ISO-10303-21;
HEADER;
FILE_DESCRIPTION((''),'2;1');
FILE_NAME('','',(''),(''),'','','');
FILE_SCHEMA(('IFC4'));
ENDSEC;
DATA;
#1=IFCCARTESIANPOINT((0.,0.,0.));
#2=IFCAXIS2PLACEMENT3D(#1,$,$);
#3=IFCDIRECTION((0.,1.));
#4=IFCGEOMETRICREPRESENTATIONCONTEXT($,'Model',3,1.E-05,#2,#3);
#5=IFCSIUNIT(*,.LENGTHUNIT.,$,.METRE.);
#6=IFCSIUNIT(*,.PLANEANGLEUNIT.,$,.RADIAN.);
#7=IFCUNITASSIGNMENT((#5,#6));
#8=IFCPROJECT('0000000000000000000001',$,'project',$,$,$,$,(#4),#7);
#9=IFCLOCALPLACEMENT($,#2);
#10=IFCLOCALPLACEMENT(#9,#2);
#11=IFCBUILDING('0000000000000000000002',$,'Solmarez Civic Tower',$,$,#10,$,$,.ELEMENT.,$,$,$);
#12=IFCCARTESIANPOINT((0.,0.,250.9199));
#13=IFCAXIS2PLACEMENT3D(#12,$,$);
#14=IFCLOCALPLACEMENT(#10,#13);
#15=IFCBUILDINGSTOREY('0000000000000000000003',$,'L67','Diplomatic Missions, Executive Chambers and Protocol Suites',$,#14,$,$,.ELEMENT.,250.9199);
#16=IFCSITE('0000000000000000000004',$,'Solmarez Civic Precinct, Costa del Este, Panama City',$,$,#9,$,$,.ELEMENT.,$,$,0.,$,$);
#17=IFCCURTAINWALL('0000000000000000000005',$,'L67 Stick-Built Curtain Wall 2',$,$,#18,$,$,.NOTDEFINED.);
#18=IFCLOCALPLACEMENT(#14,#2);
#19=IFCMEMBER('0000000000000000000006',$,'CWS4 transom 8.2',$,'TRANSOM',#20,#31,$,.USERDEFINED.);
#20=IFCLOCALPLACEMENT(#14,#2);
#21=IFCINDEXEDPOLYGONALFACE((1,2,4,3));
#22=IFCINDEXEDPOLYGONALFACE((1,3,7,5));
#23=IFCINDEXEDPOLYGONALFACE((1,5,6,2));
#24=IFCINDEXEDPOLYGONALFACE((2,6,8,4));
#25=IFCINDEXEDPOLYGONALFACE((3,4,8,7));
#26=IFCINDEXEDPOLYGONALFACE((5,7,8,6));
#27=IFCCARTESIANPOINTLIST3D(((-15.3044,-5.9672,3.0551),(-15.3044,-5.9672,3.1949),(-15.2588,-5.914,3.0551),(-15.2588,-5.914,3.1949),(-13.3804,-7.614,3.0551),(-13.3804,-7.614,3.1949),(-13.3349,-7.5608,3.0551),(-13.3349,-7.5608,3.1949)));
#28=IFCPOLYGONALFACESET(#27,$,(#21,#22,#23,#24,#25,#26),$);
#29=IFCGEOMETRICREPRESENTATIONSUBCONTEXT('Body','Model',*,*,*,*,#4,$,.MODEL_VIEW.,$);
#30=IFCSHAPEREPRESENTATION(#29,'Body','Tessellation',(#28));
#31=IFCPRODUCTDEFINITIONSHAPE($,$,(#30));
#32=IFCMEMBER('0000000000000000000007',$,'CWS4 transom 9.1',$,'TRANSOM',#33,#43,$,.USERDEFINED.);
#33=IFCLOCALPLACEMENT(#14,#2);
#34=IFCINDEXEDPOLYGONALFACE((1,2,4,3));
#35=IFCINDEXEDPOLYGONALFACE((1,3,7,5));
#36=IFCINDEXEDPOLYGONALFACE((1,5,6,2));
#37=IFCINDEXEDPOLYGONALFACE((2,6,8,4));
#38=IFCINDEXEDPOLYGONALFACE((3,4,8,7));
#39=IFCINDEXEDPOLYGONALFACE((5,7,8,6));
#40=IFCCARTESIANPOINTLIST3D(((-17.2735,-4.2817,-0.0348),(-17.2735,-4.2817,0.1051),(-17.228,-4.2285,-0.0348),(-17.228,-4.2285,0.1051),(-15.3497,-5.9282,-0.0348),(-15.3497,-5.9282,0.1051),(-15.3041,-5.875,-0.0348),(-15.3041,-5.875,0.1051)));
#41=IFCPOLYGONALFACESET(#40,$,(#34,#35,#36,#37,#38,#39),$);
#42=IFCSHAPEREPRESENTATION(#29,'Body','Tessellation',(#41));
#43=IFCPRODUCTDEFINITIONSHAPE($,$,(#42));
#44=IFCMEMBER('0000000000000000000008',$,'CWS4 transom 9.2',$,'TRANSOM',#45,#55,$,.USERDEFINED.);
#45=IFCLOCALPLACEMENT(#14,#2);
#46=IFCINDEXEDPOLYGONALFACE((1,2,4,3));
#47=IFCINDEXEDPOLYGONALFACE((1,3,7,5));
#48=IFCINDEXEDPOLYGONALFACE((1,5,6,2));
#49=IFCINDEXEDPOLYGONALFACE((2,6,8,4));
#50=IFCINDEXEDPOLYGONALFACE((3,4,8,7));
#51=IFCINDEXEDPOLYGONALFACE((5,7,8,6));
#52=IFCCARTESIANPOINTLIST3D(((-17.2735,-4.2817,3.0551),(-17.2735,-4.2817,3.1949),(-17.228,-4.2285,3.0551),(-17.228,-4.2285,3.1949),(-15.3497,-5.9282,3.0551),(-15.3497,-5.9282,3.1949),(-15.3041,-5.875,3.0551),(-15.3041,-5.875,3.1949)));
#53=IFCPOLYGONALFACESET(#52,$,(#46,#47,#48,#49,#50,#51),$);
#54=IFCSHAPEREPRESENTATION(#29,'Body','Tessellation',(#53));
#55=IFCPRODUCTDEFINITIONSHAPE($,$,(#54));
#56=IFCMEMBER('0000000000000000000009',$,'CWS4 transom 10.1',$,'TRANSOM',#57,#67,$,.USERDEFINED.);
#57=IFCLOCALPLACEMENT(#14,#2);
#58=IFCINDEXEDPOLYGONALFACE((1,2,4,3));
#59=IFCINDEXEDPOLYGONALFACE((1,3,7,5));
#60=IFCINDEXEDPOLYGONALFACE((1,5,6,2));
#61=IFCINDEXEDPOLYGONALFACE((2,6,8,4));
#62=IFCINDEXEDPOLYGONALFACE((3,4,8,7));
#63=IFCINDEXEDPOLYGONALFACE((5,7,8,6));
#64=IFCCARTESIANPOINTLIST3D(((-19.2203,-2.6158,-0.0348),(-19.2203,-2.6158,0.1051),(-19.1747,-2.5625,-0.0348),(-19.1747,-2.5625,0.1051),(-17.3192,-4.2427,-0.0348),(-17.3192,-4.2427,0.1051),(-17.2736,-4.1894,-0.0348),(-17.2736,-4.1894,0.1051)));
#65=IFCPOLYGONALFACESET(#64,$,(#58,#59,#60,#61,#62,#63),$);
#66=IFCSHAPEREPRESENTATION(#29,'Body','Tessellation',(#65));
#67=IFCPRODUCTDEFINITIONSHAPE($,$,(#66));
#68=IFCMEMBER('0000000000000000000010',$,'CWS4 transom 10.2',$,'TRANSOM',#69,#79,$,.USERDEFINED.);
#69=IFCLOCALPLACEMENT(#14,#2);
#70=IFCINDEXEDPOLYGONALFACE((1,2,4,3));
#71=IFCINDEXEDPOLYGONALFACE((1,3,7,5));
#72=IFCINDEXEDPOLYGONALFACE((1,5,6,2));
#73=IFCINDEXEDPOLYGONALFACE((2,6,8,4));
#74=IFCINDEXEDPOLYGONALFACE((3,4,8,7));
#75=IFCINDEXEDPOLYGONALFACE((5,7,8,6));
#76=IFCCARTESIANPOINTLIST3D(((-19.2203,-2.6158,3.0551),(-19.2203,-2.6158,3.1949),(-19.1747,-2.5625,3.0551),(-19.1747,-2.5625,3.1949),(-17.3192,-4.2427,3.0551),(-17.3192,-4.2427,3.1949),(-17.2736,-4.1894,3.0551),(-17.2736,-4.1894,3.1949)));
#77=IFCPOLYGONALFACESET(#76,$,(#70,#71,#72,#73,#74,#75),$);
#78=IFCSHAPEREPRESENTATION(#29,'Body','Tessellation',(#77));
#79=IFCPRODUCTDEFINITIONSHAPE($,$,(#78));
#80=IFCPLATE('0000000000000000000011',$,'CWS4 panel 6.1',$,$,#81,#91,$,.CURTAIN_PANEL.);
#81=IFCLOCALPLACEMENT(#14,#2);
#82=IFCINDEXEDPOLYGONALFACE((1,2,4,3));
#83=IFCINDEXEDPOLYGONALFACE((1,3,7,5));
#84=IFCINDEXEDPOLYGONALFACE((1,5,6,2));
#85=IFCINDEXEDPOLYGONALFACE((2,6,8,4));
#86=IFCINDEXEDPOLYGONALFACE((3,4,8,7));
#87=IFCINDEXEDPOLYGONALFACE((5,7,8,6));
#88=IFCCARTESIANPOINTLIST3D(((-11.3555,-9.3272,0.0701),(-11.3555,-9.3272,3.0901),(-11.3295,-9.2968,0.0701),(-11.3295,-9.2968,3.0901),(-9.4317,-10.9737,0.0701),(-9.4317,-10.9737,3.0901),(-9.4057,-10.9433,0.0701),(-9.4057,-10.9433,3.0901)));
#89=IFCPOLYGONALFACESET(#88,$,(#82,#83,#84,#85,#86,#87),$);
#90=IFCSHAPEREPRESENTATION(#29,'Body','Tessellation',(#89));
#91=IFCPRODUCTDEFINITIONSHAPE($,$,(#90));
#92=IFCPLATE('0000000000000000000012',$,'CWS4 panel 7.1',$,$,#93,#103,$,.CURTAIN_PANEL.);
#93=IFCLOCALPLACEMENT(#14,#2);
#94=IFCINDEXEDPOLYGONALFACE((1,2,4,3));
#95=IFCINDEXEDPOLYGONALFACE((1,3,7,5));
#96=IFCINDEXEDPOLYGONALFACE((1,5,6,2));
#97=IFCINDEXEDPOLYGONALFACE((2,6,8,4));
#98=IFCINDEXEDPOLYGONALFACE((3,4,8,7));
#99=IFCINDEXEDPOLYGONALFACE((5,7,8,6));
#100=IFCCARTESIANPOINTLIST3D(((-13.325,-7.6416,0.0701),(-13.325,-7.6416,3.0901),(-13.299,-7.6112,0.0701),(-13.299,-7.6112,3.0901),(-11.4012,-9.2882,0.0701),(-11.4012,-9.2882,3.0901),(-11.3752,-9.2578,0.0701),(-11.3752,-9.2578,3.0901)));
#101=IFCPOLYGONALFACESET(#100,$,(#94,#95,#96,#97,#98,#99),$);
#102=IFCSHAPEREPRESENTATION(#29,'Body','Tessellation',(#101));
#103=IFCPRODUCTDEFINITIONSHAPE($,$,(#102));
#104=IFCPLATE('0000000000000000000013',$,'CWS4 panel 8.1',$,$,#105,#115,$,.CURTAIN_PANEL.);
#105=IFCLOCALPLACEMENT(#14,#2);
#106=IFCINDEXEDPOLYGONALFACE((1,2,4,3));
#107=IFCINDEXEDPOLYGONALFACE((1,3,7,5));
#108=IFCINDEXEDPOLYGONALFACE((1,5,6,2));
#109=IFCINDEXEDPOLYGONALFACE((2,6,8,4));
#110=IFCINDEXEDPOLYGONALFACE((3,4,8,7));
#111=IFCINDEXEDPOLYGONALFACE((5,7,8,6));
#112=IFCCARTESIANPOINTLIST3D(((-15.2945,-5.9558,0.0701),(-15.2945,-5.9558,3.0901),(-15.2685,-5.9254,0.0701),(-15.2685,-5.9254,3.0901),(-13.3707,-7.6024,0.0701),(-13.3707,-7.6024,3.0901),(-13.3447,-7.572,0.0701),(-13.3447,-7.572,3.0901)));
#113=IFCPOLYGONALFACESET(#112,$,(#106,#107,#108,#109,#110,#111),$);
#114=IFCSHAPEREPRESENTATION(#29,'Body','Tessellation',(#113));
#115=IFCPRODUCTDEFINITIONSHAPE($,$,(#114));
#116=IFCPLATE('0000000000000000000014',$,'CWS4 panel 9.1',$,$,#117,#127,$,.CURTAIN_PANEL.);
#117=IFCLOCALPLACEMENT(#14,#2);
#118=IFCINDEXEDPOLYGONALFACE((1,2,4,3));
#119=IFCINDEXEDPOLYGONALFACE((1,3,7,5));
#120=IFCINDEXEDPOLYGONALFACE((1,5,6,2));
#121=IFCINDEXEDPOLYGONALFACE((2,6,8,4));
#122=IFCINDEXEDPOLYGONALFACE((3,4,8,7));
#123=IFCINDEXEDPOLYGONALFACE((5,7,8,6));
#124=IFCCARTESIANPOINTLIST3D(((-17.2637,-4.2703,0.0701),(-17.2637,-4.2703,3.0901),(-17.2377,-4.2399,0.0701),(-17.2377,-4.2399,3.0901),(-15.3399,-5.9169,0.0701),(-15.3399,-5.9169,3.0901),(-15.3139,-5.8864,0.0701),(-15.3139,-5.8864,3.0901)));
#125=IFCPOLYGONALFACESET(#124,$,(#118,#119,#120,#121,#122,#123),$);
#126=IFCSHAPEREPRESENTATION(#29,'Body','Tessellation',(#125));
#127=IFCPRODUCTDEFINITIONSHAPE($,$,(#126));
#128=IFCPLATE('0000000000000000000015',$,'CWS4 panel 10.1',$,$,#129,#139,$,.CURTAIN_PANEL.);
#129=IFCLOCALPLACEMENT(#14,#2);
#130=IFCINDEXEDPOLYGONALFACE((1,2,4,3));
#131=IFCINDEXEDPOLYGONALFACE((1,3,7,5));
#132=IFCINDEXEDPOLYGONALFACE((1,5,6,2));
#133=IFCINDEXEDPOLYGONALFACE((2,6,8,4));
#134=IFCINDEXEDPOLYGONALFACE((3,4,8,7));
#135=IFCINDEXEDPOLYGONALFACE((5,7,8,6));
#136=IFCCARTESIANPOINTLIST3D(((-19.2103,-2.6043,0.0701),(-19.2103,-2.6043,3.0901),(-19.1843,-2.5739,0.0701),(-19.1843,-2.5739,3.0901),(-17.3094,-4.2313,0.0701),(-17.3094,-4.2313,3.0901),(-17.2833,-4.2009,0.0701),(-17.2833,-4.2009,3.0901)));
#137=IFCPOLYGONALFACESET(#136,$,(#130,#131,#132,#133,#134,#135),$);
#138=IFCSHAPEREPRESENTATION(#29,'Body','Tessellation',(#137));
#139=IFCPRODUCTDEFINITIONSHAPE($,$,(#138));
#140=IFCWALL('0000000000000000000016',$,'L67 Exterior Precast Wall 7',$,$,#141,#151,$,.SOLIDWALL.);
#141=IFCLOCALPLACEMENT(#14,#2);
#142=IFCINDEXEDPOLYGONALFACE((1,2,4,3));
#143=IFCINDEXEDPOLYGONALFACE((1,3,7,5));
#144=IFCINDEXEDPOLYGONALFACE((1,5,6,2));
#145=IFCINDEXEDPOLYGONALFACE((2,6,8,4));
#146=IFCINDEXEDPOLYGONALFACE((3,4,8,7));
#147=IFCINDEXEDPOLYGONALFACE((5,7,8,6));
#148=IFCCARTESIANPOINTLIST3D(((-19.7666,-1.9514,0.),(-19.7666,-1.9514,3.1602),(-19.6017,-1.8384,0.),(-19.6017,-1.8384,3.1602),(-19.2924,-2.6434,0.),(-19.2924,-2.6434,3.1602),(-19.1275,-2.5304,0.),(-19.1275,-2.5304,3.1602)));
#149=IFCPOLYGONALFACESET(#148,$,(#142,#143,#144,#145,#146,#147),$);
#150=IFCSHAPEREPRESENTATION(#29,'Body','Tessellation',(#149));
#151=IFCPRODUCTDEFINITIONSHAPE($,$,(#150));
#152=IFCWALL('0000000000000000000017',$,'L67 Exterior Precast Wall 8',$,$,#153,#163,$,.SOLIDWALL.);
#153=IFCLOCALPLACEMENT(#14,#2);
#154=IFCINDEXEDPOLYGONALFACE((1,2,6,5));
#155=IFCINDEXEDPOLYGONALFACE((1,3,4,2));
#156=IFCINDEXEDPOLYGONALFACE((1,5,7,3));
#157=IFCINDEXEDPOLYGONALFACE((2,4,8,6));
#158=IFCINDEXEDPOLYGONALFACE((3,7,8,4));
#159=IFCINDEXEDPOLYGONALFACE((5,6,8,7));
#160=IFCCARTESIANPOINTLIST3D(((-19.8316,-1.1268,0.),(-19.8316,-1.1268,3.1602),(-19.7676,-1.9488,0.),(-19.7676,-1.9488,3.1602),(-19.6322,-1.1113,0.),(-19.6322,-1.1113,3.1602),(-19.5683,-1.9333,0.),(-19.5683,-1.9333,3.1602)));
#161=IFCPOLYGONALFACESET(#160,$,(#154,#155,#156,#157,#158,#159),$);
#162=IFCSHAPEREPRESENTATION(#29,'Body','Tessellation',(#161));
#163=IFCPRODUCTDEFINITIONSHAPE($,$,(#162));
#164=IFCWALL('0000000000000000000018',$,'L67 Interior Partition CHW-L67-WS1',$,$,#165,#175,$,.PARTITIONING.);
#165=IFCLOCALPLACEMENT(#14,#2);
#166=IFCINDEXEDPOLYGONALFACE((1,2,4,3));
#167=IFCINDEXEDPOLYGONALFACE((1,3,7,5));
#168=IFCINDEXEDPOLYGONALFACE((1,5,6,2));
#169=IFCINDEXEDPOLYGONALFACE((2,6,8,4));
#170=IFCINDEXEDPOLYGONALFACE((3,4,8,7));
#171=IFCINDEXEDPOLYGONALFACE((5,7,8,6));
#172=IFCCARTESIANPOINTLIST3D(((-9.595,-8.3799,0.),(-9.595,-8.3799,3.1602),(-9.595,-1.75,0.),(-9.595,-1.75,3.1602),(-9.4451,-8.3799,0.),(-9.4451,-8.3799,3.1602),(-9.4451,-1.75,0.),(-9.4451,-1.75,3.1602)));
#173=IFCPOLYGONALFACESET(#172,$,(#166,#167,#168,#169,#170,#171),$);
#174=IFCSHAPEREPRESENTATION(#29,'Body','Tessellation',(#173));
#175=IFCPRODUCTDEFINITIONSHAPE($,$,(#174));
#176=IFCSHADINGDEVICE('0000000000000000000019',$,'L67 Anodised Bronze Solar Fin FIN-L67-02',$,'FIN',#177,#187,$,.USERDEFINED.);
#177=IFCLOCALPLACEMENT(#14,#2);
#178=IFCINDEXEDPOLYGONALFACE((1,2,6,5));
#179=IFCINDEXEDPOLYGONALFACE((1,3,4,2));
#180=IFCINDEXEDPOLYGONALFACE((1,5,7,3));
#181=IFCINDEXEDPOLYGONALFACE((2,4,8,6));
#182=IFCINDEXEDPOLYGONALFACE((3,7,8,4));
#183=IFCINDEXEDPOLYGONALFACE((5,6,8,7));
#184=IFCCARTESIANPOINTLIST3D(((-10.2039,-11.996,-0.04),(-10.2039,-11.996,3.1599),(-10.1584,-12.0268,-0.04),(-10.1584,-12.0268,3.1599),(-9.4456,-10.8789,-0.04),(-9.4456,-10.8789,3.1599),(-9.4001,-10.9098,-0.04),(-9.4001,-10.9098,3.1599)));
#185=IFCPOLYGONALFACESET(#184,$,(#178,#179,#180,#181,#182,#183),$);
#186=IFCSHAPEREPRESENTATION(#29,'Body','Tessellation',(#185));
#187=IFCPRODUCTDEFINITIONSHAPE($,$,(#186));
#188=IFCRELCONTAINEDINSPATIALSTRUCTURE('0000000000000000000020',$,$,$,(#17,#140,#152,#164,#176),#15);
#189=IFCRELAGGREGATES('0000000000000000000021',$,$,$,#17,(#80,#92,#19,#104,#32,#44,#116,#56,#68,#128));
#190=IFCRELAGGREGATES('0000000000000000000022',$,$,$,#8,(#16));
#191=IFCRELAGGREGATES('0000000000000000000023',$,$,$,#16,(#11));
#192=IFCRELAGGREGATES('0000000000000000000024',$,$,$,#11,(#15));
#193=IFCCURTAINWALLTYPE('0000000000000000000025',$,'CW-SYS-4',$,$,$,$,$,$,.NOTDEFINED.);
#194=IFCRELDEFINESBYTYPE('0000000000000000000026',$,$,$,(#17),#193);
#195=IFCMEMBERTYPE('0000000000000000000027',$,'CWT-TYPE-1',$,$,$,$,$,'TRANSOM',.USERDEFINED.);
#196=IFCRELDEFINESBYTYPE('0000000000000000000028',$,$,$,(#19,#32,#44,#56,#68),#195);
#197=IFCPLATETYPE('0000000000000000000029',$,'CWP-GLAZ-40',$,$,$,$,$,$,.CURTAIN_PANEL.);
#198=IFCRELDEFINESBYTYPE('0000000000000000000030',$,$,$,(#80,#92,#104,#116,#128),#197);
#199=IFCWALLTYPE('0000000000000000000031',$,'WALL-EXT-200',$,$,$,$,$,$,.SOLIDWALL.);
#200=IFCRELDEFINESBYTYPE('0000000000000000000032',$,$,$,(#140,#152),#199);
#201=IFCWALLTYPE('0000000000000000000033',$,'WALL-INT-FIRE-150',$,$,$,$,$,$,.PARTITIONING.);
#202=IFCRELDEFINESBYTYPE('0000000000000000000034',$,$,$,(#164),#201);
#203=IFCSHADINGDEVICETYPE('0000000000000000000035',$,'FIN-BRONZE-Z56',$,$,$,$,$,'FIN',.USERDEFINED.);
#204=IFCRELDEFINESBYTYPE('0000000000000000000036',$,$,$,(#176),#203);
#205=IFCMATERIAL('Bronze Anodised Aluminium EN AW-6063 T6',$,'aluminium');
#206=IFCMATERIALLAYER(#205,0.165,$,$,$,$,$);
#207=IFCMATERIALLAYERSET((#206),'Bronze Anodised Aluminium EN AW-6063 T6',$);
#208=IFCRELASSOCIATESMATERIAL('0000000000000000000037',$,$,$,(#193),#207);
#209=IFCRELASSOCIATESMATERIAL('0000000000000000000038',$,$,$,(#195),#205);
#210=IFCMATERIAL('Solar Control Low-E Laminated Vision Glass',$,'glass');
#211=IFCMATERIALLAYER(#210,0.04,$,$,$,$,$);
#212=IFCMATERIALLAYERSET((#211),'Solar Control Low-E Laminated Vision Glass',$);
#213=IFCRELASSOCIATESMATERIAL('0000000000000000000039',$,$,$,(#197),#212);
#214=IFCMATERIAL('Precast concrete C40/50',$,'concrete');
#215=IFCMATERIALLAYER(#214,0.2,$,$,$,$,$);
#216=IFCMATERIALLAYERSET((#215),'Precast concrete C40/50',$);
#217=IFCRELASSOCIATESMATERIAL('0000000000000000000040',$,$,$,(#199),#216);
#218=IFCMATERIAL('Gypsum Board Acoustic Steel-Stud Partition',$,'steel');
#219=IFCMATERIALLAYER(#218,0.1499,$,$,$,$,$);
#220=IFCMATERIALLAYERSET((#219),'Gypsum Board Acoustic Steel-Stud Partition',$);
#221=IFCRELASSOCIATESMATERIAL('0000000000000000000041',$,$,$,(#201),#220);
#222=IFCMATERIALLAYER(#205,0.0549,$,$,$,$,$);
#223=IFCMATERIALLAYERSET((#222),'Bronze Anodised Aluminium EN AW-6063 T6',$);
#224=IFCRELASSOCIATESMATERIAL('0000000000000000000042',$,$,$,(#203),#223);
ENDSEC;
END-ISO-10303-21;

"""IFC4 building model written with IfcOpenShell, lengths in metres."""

from ifc_helpers import new_model, si_unit, direction, frame, frame_2d, origin, origin_2d, place, context, subcontext, project, spatial, rectangle, extrude, material, layer, layer_set, material_profile, profile_set, type_object, element, aggregate, save


model = new_model("IFC4")

# Units and contexts
model_context = context("Model", 3, precision=1e-05, world=origin(), true_north=direction((0.0, 1.0)))
body_context = subcontext(model_context, "Body", "Model", "MODEL_VIEW")
ifc_project = project(units=[si_unit("LENGTHUNIT", "METRE"), si_unit("PLANEANGLEUNIT", "RADIAN")], contexts=[model_context])

# Site, building, storey
site_placement = place(None, origin())
site = spatial("IfcSite", under=ifc_project, at=site_placement, Name="Solmarez Civic Precinct, Costa del Este, Panama City", CompositionType="ELEMENT", RefElevation=0.0)
building_placement = place(site_placement, origin())
building = spatial("IfcBuilding", under=site, at=building_placement, Name="Solmarez Civic Tower", CompositionType="ELEMENT")
storey_placement = place(building_placement, frame((0.0, 0.0, 250.9199)))
storey = spatial("IfcBuildingStorey", under=building, at=storey_placement, Name="L67", Description="Diplomatic Missions, Executive Chambers and Protocol Suites", CompositionType="ELEMENT", Elevation=250.9199)

# Curtain wall, members, plates
ifc_material_1 = material(Name="Bronze Anodised Aluminium EN AW-6063 T6", Category="aluminium")
ifc_layer_1 = layer(ifc_material_1, 0.165)
ifc_layer_set_1 = layer_set([ifc_layer_1], Name="Bronze Anodised Aluminium EN AW-6063 T6")
curtain_wall_type = type_object("IfcCurtainWallType", Name="CW-SYS-4", PredefinedType="NOTDEFINED", material=ifc_layer_set_1)
curtain_wall_placement = place(storey_placement, origin())
curtain_wall = element("IfcCurtainWall", 1, at=curtain_wall_placement, inside=storey, type_object=curtain_wall_type, Name="L67 Stick-Built Curtain Wall 2", PredefinedType="NOTDEFINED")
ifc_material_profile_1 = material_profile(ifc_material_1, rectangle(XDim=0.0701, YDim=0.1399, at=origin_2d()), Name="CWT-70X140")
ifc_profile_set_1 = profile_set([ifc_material_profile_1], Name="Bronze Anodised Aluminium EN AW-6063 T6")
member_type_1 = type_object("IfcMemberType", Name="CWT-TYPE-1", ElementType="TRANSOM", PredefinedType="USERDEFINED", material=ifc_profile_set_1)
member_1_placement = place(storey_placement, frame((-13.3577, -7.5874, 3.125), z_axis=(-0.759699, 0.650275, 0.0), x_axis=(-0.650275, -0.759699, 0.0)))
member_1 = element("IfcMember", 2, at=member_1_placement, type_object=member_type_1, Name="CWS4 transom 8.2", ObjectType="TRANSOM", PredefinedType="USERDEFINED", context=body_context, shape_type="SweptSolid", body=[
    extrude(rectangle(XDim=0.0701, YDim=0.1399, at=origin_2d()), origin(), (0.0, 0.0, 1.0), 2.5325),
])
member_2_placement = place(storey_placement, frame((-15.3269, -5.9016, 0.0352), z_axis=(-0.759746, 0.65022, 0.0), x_axis=(-0.65022, -0.759746, 0.0)))
member_2 = element("IfcMember", 3, at=member_2_placement, type_object=member_type_1, Name="CWS4 transom 9.1", ObjectType="TRANSOM", PredefinedType="USERDEFINED", context=body_context, shape_type="SweptSolid", body=[
    extrude(rectangle(XDim=0.0701, YDim=0.1399, at=origin_2d()), origin(), (0.0, 0.0, 1.0), 2.5322),
])
member_3_placement = place(storey_placement, frame((-15.3269, -5.9016, 3.125), z_axis=(-0.759746, 0.65022, 0.0), x_axis=(-0.65022, -0.759746, 0.0)))
member_3 = element("IfcMember", 4, at=member_3_placement, type_object=member_type_1, Name="CWS4 transom 9.2", ObjectType="TRANSOM", PredefinedType="USERDEFINED", context=body_context, shape_type="SweptSolid", body=[
    extrude(rectangle(XDim=0.0701, YDim=0.1399, at=origin_2d()), origin(), (0.0, 0.0, 1.0), 2.5322),
])
member_4_placement = place(storey_placement, frame((-17.2964, -4.2161, 0.0352), z_axis=(-0.759766, 0.650197, 0.0), x_axis=(-0.650197, -0.759766, 0.0)))
member_4 = element("IfcMember", 5, at=member_4_placement, type_object=member_type_1, Name="CWS4 transom 10.1", ObjectType="TRANSOM", PredefinedType="USERDEFINED", context=body_context, shape_type="SweptSolid", body=[
    extrude(rectangle(XDim=0.0701, YDim=0.1399, at=origin_2d()), origin(), (0.0, 0.0, 1.0), 2.5022),
])
member_5_placement = place(storey_placement, frame((-17.2964, -4.2161, 3.125), z_axis=(-0.759766, 0.650197, 0.0), x_axis=(-0.650197, -0.759766, 0.0)))
member_5 = element("IfcMember", 6, at=member_5_placement, type_object=member_type_1, Name="CWS4 transom 10.2", ObjectType="TRANSOM", PredefinedType="USERDEFINED", context=body_context, shape_type="SweptSolid", body=[
    extrude(rectangle(XDim=0.0701, YDim=0.1399, at=origin_2d()), origin(), (0.0, 0.0, 1.0), 2.5022),
])
ifc_material_2 = material(Name="Solar Control Low-E Laminated Vision Glass", Category="glass")
ifc_layer_2 = layer(ifc_material_2, 0.04)
ifc_layer_set_2 = layer_set([ifc_layer_2], Name="Solar Control Low-E Laminated Vision Glass")
plate_type = type_object("IfcPlateType", Name="CWP-GLAZ-40", PredefinedType="CURTAIN_PANEL", material=ifc_layer_set_2)
plate_1_placement = place(storey_placement, frame((-10.3806, -10.1353, 0.0701), z_axis=(0.0, 0.0, 1.0), x_axis=(-0.759725, 0.650245, 0.0)))
plate_1 = element("IfcPlate", 7, at=plate_1_placement, type_object=plate_type, Name="CWS4 panel 6.1", PredefinedType="CURTAIN_PANEL", context=body_context, shape_type="SweptSolid", body=[
    extrude(rectangle(XDim=2.5322, YDim=0.04, at=origin_2d()), origin(), (0.0, 0.0, 1.0), 3.02),
])
plate_2_placement = place(storey_placement, frame((-12.3501, -8.4497, 0.0701), z_axis=(0.0, 0.0, 1.0), x_axis=(-0.759725, 0.650245, 0.0)))
plate_2 = element("IfcPlate", 8, at=plate_2_placement, type_object=plate_type, Name="CWS4 panel 7.1", PredefinedType="CURTAIN_PANEL", context=body_context, shape_type="SweptSolid", body=[
    extrude(rectangle(XDim=2.5322, YDim=0.04, at=origin_2d()), origin(), (0.0, 0.0, 1.0), 3.02),
])
plate_3_placement = place(storey_placement, frame((-14.3196, -6.7639, 0.0701), z_axis=(0.0, 0.0, 1.0), x_axis=(-0.759725, 0.650245, 0.0)))
plate_3 = element("IfcPlate", 9, at=plate_3_placement, type_object=plate_type, Name="CWS4 panel 8.1", PredefinedType="CURTAIN_PANEL", context=body_context, shape_type="SweptSolid", body=[
    extrude(rectangle(XDim=2.5322, YDim=0.04, at=origin_2d()), origin(), (0.0, 0.0, 1.0), 3.02),
])
plate_4_placement = place(storey_placement, frame((-16.2888, -5.0784, 0.0701), z_axis=(0.0, 0.0, 1.0), x_axis=(-0.759725, 0.650245, 0.0)))
plate_4 = element("IfcPlate", 10, at=plate_4_placement, type_object=plate_type, Name="CWS4 panel 9.1", PredefinedType="CURTAIN_PANEL", context=body_context, shape_type="SweptSolid", body=[
    extrude(rectangle(XDim=2.5322, YDim=0.04, at=origin_2d()), origin(), (0.0, 0.0, 1.0), 3.02),
])
plate_5_placement = place(storey_placement, frame((-18.2468, -3.4026, 0.0701), z_axis=(0.0, 0.0, 1.0), x_axis=(-0.759725, 0.650245, 0.0)))
plate_5 = element("IfcPlate", 11, at=plate_5_placement, type_object=plate_type, Name="CWS4 panel 10.1", PredefinedType="CURTAIN_PANEL", context=body_context, shape_type="SweptSolid", body=[
    extrude(rectangle(XDim=2.5022, YDim=0.04, at=origin_2d()), origin(), (0.0, 0.0, 1.0), 3.02),
])
aggregate(curtain_wall, [plate_1, plate_2, member_1, plate_3, member_2, member_3, plate_4, member_4, member_5, plate_5])

# Walls
ifc_material_3 = material(Name="Precast concrete C40/50", Category="concrete")
ifc_layer_3 = layer(ifc_material_3, 0.2)
ifc_layer_set_3 = layer_set([ifc_layer_3], Name="Precast concrete C40/50")
wall_type_1 = type_object("IfcWallType", Name="WALL-EXT-200", PredefinedType="SOLIDWALL", material=ifc_layer_set_3)
wall_1_placement = place(storey_placement, frame((-19.21, -2.5869, 0.0), z_axis=(0.0, 0.0, 1.0), x_axis=(-0.565268, 0.824907, 0.0)))
element("IfcWall", 12, at=wall_1_placement, inside=storey, type_object=wall_type_1, Name="L67 Exterior Precast Wall 7", PredefinedType="SOLIDWALL", context=body_context, shape_type="SweptSolid", body=[
    extrude(rectangle(XDim=0.8389, YDim=0.2, at=frame_2d((0.4194, 0.0))), origin(), (0.0, 0.0, 1.0), 3.1602),
])
wall_2_placement = place(storey_placement, frame((-19.668, -1.9409, 0.0), z_axis=(0.0, 0.0, 1.0), x_axis=(-0.07758, 0.996986, 0.0)))
element("IfcWall", 13, at=wall_2_placement, inside=storey, type_object=wall_type_1, Name="L67 Exterior Precast Wall 8", PredefinedType="SOLIDWALL", context=body_context, shape_type="SweptSolid", body=[
    extrude(rectangle(XDim=0.8245, YDim=0.2, at=frame_2d((0.4121, 0.0))), origin(), (0.0, 0.0, 1.0), 3.1602),
])
ifc_material_4 = material(Name="Gypsum Board Acoustic Steel-Stud Partition", Category="steel")
ifc_layer_4 = layer(ifc_material_4, 0.1499)
ifc_layer_set_4 = layer_set([ifc_layer_4], Name="Gypsum Board Acoustic Steel-Stud Partition")
wall_type_2 = type_object("IfcWallType", Name="WALL-INT-FIRE-150", PredefinedType="PARTITIONING", material=ifc_layer_set_4)
wall_3_placement = place(storey_placement, frame((-9.52, -8.3799, 0.0), z_axis=(0.0, 0.0, 1.0), x_axis=(0.0, 1.0, 0.0)))
element("IfcWall", 14, at=wall_3_placement, inside=storey, type_object=wall_type_2, Name="L67 Interior Partition CHW-L67-WS1", PredefinedType="PARTITIONING", context=body_context, shape_type="SweptSolid", body=[
    extrude(rectangle(XDim=6.6299, YDim=0.1499, at=frame_2d((3.3149, 0.0))), origin(), (0.0, 0.0, 1.0), 3.1602),
])

# Shading device
ifc_layer_5 = layer(ifc_material_1, 0.0549)
ifc_layer_set_5 = layer_set([ifc_layer_5], Name="Bronze Anodised Aluminium EN AW-6063 T6")
shading_device_type = type_object("IfcShadingDeviceType", Name="FIN-BRONZE-Z56", ElementType="FIN", PredefinedType="USERDEFINED", material=ifc_layer_set_5)
shading_device_placement = place(storey_placement, frame((-9.802, -11.4529, -0.04), z_axis=(0.0, 0.0, 1.0), x_axis=(-0.56165, -0.827375, 0.0)))
element("IfcShadingDevice", 15, at=shading_device_placement, inside=storey, type_object=shading_device_type, Name="L67 Anodised Bronze Solar Fin FIN-L67-02", ObjectType="FIN", PredefinedType="USERDEFINED", context=body_context, shape_type="SweptSolid", body=[
    extrude(rectangle(XDim=1.3501, YDim=0.0549, at=origin_2d()), origin(), (0.0, 0.0, 1.0), 3.2),
])

save(model, "model.ifc")
